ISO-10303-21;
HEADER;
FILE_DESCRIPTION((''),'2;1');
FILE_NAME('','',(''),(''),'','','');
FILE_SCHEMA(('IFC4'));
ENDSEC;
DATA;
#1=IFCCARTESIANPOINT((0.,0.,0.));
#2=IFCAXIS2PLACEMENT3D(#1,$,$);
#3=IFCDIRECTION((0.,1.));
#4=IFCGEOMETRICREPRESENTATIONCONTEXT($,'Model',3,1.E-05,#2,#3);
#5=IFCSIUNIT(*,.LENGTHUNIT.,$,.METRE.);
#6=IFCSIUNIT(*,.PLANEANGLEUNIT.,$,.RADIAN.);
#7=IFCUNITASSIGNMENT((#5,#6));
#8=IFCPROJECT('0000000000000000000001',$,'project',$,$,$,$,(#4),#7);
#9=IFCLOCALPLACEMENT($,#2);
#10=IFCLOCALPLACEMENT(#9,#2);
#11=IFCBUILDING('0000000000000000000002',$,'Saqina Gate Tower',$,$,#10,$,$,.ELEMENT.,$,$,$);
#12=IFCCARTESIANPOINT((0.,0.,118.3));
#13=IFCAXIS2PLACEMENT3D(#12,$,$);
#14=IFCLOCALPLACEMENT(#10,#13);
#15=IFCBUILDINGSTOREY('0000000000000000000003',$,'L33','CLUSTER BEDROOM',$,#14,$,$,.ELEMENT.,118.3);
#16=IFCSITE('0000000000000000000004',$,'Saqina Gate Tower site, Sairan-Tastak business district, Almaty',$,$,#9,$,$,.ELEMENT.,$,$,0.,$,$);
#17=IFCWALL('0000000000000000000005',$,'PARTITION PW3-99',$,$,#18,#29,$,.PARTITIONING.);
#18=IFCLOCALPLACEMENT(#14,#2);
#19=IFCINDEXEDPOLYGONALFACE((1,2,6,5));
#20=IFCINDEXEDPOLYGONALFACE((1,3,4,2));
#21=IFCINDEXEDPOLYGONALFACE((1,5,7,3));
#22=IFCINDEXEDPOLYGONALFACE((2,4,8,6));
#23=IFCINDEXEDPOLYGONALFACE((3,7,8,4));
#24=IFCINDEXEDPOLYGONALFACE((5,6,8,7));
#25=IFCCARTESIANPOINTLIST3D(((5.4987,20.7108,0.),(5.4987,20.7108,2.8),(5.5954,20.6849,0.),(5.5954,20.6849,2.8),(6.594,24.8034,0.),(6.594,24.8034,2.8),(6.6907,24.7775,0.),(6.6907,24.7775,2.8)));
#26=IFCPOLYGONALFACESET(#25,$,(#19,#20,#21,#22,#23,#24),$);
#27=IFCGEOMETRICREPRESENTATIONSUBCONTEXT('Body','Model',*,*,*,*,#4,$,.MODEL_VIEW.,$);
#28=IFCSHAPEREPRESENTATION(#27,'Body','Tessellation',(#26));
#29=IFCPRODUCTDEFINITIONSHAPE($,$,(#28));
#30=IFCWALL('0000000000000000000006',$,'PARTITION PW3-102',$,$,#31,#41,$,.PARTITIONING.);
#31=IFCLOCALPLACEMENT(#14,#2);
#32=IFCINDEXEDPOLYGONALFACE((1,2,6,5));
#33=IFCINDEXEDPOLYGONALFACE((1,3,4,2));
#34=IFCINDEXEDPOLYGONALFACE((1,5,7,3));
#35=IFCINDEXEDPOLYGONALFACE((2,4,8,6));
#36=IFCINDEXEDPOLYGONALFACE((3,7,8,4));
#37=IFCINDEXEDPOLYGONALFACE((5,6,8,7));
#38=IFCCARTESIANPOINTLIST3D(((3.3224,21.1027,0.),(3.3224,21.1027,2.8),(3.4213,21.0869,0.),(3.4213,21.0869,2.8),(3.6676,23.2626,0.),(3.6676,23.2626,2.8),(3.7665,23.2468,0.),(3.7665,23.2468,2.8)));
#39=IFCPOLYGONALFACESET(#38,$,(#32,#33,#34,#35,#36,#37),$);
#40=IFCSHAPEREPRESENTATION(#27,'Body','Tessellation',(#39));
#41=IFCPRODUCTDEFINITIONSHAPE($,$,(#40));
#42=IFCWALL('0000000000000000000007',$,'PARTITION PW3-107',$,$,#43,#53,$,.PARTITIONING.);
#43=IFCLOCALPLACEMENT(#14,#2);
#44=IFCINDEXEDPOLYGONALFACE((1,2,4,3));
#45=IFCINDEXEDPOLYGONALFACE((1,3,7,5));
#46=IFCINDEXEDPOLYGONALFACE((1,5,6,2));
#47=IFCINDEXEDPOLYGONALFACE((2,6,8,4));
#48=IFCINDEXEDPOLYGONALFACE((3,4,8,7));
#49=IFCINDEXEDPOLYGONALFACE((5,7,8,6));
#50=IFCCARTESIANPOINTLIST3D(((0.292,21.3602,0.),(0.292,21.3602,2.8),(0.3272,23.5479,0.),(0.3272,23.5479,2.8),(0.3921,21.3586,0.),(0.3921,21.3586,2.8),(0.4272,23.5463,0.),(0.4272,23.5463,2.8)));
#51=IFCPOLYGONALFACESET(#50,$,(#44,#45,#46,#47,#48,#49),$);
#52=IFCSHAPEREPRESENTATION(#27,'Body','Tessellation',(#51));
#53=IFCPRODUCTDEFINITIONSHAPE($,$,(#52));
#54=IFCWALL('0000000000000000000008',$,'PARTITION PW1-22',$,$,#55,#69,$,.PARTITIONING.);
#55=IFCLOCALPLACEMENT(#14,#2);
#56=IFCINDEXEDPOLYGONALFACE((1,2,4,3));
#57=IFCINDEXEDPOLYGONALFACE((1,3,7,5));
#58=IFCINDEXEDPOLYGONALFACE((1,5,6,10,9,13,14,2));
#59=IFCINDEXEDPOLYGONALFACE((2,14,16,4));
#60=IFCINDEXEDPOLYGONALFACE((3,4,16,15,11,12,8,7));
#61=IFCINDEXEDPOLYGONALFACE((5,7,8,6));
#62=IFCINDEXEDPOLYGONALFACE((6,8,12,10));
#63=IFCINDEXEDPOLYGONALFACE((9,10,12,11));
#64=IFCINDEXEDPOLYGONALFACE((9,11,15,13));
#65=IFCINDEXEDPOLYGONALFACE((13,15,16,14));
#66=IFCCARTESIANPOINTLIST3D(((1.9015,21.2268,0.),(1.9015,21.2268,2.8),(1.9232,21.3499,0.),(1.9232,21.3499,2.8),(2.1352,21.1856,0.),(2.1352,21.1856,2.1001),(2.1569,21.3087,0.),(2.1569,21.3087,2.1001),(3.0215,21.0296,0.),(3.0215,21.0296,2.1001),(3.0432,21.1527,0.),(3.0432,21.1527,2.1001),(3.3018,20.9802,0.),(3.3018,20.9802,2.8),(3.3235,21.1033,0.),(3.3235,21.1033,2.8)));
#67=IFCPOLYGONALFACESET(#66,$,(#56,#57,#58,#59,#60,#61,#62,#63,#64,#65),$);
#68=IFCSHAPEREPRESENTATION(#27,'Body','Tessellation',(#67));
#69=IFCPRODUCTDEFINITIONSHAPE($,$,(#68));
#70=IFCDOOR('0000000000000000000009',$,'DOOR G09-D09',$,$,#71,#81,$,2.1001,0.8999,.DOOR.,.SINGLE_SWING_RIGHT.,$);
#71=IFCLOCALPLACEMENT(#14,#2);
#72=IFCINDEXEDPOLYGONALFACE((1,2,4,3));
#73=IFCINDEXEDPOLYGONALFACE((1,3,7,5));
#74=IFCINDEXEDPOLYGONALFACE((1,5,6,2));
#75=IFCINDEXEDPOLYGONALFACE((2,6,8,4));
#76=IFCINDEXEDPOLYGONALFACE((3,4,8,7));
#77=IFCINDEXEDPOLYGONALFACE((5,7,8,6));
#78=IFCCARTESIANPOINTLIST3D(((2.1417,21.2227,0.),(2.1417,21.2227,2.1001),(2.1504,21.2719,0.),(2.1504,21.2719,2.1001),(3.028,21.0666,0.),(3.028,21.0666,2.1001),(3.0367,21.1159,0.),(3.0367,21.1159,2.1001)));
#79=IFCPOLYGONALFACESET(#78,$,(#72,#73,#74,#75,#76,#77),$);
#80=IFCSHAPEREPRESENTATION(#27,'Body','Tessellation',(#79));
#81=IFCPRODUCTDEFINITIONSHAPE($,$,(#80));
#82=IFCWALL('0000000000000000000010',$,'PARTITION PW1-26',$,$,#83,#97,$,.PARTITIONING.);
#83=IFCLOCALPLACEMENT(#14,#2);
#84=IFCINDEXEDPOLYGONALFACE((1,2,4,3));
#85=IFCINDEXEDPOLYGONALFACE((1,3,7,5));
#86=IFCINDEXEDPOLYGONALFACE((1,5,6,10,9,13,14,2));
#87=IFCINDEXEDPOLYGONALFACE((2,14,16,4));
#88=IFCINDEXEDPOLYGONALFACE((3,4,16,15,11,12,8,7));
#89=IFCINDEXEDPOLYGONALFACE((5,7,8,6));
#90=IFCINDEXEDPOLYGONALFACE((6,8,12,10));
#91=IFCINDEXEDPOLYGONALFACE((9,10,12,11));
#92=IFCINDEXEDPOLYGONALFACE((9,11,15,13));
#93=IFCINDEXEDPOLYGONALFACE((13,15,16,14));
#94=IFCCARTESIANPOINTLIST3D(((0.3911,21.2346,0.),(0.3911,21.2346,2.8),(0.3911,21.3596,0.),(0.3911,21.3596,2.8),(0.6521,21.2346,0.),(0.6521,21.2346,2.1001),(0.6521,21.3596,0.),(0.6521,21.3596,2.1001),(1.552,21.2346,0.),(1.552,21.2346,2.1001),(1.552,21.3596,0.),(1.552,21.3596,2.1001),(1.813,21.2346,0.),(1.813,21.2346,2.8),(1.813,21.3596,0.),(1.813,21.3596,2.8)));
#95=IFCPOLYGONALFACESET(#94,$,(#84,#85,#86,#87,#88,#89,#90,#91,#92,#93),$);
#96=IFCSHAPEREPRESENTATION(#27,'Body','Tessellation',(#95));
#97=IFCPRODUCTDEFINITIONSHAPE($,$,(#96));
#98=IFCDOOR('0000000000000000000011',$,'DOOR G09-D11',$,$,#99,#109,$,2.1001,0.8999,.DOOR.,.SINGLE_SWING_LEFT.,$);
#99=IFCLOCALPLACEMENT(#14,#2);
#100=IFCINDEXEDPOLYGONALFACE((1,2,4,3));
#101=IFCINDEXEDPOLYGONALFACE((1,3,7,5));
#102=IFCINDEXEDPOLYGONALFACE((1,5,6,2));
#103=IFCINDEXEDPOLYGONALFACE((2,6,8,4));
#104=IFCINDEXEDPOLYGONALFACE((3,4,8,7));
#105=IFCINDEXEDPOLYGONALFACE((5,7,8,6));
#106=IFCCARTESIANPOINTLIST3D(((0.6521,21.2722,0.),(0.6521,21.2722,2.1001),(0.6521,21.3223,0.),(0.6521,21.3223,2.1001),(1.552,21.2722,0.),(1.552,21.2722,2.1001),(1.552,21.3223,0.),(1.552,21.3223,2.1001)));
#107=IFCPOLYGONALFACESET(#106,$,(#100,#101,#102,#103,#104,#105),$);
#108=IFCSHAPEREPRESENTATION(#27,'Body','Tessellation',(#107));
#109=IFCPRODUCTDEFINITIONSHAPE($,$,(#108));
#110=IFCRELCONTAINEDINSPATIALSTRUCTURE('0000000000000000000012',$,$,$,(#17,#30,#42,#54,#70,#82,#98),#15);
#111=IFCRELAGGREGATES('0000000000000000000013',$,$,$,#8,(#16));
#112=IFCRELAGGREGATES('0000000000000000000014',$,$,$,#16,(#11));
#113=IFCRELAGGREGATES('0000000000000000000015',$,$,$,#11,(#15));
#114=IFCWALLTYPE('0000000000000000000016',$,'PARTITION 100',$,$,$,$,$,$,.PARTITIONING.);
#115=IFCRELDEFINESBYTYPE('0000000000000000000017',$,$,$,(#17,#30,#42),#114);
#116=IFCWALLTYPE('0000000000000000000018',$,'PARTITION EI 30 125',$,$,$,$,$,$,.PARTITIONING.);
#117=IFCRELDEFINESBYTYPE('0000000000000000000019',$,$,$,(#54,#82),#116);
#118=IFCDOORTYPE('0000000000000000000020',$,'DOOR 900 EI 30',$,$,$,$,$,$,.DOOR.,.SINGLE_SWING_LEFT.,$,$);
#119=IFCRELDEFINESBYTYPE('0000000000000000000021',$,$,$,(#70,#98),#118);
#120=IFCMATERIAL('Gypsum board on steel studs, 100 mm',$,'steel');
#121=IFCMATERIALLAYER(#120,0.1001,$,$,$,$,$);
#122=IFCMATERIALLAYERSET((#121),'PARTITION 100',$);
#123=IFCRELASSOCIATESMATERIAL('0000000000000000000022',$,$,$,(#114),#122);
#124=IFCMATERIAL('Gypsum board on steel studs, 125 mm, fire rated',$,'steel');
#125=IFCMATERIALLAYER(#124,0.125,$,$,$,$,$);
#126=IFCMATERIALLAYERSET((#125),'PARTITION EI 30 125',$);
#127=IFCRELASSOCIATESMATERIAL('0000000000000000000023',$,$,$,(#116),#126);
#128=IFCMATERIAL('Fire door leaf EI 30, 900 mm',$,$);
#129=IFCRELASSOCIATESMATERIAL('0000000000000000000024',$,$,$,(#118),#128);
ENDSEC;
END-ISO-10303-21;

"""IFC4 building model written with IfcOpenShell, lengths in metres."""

from ifc_helpers import new_model, si_unit, direction, frame, frame_2d, origin, place, context, subcontext, project, spatial, rectangle, extrude, material, layer, layer_set, type_object, element, fill, save


model = new_model("IFC4")

# Units and contexts
model_context = context("Model", 3, precision=1e-05, world=origin(), true_north=direction((0.0, 1.0)))
body_context = subcontext(model_context, "Body", "Model", "MODEL_VIEW")
ifc_project = project(units=[si_unit("LENGTHUNIT", "METRE"), si_unit("PLANEANGLEUNIT", "RADIAN")], contexts=[model_context])

# Site, building, storey
site_placement = place(None, origin())
site = spatial("IfcSite", under=ifc_project, at=site_placement, Name="Saqina Gate Tower site, Sairan-Tastak business district, Almaty", CompositionType="ELEMENT", RefElevation=0.0)
building_placement = place(site_placement, origin())
building = spatial("IfcBuilding", under=site, at=building_placement, Name="Saqina Gate Tower", CompositionType="ELEMENT")
storey_placement = place(building_placement, frame((0.0, 0.0, 118.3)))
storey = spatial("IfcBuildingStorey", under=building, at=storey_placement, Name="L33", Description="CLUSTER BEDROOM", CompositionType="ELEMENT", Elevation=118.3)

# Shared definitions
ifc_material_1 = material(Name="Gypsum board on steel studs, 100 mm", Category="steel")
ifc_layer_1 = layer(ifc_material_1, 0.1001)
ifc_layer_set_1 = layer_set([ifc_layer_1], Name="PARTITION 100")
wall_type_1 = type_object("IfcWallType", Name="PARTITION 100", PredefinedType="PARTITIONING", material=ifc_layer_set_1)

# Walls
wall_1_placement = place(storey_placement, frame((5.5471, 20.698, 0.0), z_axis=(0.0, 0.0, 1.0), x_axis=(0.258516, 0.966007, 0.0)))
element("IfcWall", 1, at=wall_1_placement, inside=storey, type_object=wall_type_1, Name="PARTITION PW3-99", PredefinedType="PARTITIONING", context=body_context, shape_type="SweptSolid", body=[
    extrude(rectangle(XDim=4.2366, YDim=0.1001, at=frame_2d((2.1182, 0.0))), origin(), (0.0, 0.0, 1.0), 2.8),
])
wall_2_placement = place(storey_placement, frame((3.3718, 21.0947, 0.0), z_axis=(0.0, 0.0, 1.0), x_axis=(0.157825, 0.987467, 0.0)))
element("IfcWall", 2, at=wall_2_placement, inside=storey, type_object=wall_type_1, Name="PARTITION PW3-102", PredefinedType="PARTITIONING", context=body_context, shape_type="SweptSolid", body=[
    extrude(rectangle(XDim=2.1873, YDim=0.1001, at=frame_2d((1.0938, 0.0))), origin(), (0.0, 0.0, 1.0), 2.8),
])
wall_3_placement = place(storey_placement, frame((0.342, 21.3594, 0.0), z_axis=(0.0, 0.0, 1.0), x_axis=(0.016068, 0.999871, 0.0)))
element("IfcWall", 3, at=wall_3_placement, inside=storey, type_object=wall_type_1, Name="PARTITION PW3-107", PredefinedType="PARTITIONING", context=body_context, shape_type="SweptSolid", body=[
    extrude(rectangle(XDim=2.188, YDim=0.1001, at=frame_2d((1.094, 0.0))), origin(), (0.0, 0.0, 1.0), 2.8),
])

# Walls, openings, doors
ifc_material_2 = material(Name="Gypsum board on steel studs, 125 mm, fire rated", Category="steel")
ifc_layer_2 = layer(ifc_material_2, 0.125)
ifc_layer_set_2 = layer_set([ifc_layer_2], Name="PARTITION EI 30 125")
wall_type_2 = type_object("IfcWallType", Name="PARTITION EI 30 125", PredefinedType="PARTITIONING", material=ifc_layer_set_2)
wall_4_placement = place(storey_placement, frame((1.9124, 21.2883, 0.0), z_axis=(0.0, 0.0, 1.0), x_axis=(0.984849, -0.173413, 0.0)))
wall_4 = element("IfcWall", 4, at=wall_4_placement, inside=storey, type_object=wall_type_2, Name="PARTITION PW1-22", PredefinedType="PARTITIONING", context=body_context, shape_type="SweptSolid", body=[
    extrude(rectangle(XDim=1.4219, YDim=0.125, at=frame_2d((0.7109, 0.0))), origin(), (0.0, 0.0, 1.0), 2.8),
])
opening_1_placement = place(wall_4_placement, frame((0.2373, 0.0, 0.0)))
opening_1 = element("IfcOpeningElement", 5, at=opening_1_placement, cuts=wall_4, PredefinedType="OPENING", context=body_context, shape_type="SweptSolid", body=[
    extrude(rectangle(XDim=0.8999, YDim=2.1001, at=frame_2d((0.45, 1.05))), frame((0.0, 0.0745, 0.0), z_axis=(0.0, -1.0, 0.0), x_axis=(1.0, 0.0, 0.0)), (0.0, 0.0, 1.0), 0.1489),
])
ifc_material_3 = material(Name="Fire door leaf EI 30, 900 mm")
door_type_1 = type_object("IfcDoorType", Name="DOOR 900 EI 30", OperationType="SINGLE_SWING_LEFT", PredefinedType="DOOR", material=ifc_material_3)
door_1_placement = place(opening_1_placement, frame((0.8999, 0.0, 0.0), z_axis=(0.0, 0.0, 1.0), x_axis=(-1.0, 0.0, 0.0)))
door_1 = element("IfcDoor", 6, at=door_1_placement, inside=storey, type_object=door_type_1, Name="DOOR G09-D09", OperationType="SINGLE_SWING_RIGHT", OverallHeight=2.1001, OverallWidth=0.8999, PredefinedType="DOOR", context=body_context, shape_type="SweptSolid", body=[
    extrude(rectangle(XDim=0.8999, YDim=2.1001, at=frame_2d((0.45, 1.05))), frame((0.0, 0.0249, 0.0), z_axis=(0.0, -1.0, 0.0), x_axis=(1.0, 0.0, 0.0)), (0.0, 0.0, 1.0), 0.05),
])
fill(opening_1, door_1)
wall_5_placement = place(storey_placement, frame((0.3911, 21.2971, 0.0), z_axis=(0.0, 0.0, 1.0), x_axis=(1.0, 0.0, 0.0)))
wall_5 = element("IfcWall", 7, at=wall_5_placement, inside=storey, type_object=wall_type_2, Name="PARTITION PW1-26", PredefinedType="PARTITIONING", context=body_context, shape_type="SweptSolid", body=[
    extrude(rectangle(XDim=1.4219, YDim=0.125, at=frame_2d((0.7109, 0.0))), origin(), (0.0, 0.0, 1.0), 2.8),
])
opening_2_placement = place(wall_5_placement, frame((0.261, 0.0, 0.0)))
opening_2 = element("IfcOpeningElement", 8, at=opening_2_placement, cuts=wall_5, PredefinedType="OPENING", context=body_context, shape_type="SweptSolid", body=[
    extrude(rectangle(XDim=0.8999, YDim=2.1001, at=frame_2d((0.45, 1.05))), frame((0.0, 0.0745, 0.0), z_axis=(0.0, -1.0, 0.0), x_axis=(1.0, 0.0, 0.0)), (0.0, 0.0, 1.0), 0.1489),
])
door_2_placement = place(opening_2_placement, frame((0.8999, 0.0, 0.0), z_axis=(0.0, 0.0, 1.0), x_axis=(-1.0, 0.0, 0.0)))
door_2 = element("IfcDoor", 9, at=door_2_placement, inside=storey, type_object=door_type_1, Name="DOOR G09-D11", OperationType="SINGLE_SWING_LEFT", OverallHeight=2.1001, OverallWidth=0.8999, PredefinedType="DOOR", context=body_context, shape_type="SweptSolid", body=[
    extrude(rectangle(XDim=0.8999, YDim=2.1001, at=frame_2d((0.45, 1.05))), frame((0.0, 0.0249, 0.0), z_axis=(0.0, -1.0, 0.0), x_axis=(1.0, 0.0, 0.0)), (0.0, 0.0, 1.0), 0.05),
])
fill(opening_2, door_2)

save(model, "model.ifc")
